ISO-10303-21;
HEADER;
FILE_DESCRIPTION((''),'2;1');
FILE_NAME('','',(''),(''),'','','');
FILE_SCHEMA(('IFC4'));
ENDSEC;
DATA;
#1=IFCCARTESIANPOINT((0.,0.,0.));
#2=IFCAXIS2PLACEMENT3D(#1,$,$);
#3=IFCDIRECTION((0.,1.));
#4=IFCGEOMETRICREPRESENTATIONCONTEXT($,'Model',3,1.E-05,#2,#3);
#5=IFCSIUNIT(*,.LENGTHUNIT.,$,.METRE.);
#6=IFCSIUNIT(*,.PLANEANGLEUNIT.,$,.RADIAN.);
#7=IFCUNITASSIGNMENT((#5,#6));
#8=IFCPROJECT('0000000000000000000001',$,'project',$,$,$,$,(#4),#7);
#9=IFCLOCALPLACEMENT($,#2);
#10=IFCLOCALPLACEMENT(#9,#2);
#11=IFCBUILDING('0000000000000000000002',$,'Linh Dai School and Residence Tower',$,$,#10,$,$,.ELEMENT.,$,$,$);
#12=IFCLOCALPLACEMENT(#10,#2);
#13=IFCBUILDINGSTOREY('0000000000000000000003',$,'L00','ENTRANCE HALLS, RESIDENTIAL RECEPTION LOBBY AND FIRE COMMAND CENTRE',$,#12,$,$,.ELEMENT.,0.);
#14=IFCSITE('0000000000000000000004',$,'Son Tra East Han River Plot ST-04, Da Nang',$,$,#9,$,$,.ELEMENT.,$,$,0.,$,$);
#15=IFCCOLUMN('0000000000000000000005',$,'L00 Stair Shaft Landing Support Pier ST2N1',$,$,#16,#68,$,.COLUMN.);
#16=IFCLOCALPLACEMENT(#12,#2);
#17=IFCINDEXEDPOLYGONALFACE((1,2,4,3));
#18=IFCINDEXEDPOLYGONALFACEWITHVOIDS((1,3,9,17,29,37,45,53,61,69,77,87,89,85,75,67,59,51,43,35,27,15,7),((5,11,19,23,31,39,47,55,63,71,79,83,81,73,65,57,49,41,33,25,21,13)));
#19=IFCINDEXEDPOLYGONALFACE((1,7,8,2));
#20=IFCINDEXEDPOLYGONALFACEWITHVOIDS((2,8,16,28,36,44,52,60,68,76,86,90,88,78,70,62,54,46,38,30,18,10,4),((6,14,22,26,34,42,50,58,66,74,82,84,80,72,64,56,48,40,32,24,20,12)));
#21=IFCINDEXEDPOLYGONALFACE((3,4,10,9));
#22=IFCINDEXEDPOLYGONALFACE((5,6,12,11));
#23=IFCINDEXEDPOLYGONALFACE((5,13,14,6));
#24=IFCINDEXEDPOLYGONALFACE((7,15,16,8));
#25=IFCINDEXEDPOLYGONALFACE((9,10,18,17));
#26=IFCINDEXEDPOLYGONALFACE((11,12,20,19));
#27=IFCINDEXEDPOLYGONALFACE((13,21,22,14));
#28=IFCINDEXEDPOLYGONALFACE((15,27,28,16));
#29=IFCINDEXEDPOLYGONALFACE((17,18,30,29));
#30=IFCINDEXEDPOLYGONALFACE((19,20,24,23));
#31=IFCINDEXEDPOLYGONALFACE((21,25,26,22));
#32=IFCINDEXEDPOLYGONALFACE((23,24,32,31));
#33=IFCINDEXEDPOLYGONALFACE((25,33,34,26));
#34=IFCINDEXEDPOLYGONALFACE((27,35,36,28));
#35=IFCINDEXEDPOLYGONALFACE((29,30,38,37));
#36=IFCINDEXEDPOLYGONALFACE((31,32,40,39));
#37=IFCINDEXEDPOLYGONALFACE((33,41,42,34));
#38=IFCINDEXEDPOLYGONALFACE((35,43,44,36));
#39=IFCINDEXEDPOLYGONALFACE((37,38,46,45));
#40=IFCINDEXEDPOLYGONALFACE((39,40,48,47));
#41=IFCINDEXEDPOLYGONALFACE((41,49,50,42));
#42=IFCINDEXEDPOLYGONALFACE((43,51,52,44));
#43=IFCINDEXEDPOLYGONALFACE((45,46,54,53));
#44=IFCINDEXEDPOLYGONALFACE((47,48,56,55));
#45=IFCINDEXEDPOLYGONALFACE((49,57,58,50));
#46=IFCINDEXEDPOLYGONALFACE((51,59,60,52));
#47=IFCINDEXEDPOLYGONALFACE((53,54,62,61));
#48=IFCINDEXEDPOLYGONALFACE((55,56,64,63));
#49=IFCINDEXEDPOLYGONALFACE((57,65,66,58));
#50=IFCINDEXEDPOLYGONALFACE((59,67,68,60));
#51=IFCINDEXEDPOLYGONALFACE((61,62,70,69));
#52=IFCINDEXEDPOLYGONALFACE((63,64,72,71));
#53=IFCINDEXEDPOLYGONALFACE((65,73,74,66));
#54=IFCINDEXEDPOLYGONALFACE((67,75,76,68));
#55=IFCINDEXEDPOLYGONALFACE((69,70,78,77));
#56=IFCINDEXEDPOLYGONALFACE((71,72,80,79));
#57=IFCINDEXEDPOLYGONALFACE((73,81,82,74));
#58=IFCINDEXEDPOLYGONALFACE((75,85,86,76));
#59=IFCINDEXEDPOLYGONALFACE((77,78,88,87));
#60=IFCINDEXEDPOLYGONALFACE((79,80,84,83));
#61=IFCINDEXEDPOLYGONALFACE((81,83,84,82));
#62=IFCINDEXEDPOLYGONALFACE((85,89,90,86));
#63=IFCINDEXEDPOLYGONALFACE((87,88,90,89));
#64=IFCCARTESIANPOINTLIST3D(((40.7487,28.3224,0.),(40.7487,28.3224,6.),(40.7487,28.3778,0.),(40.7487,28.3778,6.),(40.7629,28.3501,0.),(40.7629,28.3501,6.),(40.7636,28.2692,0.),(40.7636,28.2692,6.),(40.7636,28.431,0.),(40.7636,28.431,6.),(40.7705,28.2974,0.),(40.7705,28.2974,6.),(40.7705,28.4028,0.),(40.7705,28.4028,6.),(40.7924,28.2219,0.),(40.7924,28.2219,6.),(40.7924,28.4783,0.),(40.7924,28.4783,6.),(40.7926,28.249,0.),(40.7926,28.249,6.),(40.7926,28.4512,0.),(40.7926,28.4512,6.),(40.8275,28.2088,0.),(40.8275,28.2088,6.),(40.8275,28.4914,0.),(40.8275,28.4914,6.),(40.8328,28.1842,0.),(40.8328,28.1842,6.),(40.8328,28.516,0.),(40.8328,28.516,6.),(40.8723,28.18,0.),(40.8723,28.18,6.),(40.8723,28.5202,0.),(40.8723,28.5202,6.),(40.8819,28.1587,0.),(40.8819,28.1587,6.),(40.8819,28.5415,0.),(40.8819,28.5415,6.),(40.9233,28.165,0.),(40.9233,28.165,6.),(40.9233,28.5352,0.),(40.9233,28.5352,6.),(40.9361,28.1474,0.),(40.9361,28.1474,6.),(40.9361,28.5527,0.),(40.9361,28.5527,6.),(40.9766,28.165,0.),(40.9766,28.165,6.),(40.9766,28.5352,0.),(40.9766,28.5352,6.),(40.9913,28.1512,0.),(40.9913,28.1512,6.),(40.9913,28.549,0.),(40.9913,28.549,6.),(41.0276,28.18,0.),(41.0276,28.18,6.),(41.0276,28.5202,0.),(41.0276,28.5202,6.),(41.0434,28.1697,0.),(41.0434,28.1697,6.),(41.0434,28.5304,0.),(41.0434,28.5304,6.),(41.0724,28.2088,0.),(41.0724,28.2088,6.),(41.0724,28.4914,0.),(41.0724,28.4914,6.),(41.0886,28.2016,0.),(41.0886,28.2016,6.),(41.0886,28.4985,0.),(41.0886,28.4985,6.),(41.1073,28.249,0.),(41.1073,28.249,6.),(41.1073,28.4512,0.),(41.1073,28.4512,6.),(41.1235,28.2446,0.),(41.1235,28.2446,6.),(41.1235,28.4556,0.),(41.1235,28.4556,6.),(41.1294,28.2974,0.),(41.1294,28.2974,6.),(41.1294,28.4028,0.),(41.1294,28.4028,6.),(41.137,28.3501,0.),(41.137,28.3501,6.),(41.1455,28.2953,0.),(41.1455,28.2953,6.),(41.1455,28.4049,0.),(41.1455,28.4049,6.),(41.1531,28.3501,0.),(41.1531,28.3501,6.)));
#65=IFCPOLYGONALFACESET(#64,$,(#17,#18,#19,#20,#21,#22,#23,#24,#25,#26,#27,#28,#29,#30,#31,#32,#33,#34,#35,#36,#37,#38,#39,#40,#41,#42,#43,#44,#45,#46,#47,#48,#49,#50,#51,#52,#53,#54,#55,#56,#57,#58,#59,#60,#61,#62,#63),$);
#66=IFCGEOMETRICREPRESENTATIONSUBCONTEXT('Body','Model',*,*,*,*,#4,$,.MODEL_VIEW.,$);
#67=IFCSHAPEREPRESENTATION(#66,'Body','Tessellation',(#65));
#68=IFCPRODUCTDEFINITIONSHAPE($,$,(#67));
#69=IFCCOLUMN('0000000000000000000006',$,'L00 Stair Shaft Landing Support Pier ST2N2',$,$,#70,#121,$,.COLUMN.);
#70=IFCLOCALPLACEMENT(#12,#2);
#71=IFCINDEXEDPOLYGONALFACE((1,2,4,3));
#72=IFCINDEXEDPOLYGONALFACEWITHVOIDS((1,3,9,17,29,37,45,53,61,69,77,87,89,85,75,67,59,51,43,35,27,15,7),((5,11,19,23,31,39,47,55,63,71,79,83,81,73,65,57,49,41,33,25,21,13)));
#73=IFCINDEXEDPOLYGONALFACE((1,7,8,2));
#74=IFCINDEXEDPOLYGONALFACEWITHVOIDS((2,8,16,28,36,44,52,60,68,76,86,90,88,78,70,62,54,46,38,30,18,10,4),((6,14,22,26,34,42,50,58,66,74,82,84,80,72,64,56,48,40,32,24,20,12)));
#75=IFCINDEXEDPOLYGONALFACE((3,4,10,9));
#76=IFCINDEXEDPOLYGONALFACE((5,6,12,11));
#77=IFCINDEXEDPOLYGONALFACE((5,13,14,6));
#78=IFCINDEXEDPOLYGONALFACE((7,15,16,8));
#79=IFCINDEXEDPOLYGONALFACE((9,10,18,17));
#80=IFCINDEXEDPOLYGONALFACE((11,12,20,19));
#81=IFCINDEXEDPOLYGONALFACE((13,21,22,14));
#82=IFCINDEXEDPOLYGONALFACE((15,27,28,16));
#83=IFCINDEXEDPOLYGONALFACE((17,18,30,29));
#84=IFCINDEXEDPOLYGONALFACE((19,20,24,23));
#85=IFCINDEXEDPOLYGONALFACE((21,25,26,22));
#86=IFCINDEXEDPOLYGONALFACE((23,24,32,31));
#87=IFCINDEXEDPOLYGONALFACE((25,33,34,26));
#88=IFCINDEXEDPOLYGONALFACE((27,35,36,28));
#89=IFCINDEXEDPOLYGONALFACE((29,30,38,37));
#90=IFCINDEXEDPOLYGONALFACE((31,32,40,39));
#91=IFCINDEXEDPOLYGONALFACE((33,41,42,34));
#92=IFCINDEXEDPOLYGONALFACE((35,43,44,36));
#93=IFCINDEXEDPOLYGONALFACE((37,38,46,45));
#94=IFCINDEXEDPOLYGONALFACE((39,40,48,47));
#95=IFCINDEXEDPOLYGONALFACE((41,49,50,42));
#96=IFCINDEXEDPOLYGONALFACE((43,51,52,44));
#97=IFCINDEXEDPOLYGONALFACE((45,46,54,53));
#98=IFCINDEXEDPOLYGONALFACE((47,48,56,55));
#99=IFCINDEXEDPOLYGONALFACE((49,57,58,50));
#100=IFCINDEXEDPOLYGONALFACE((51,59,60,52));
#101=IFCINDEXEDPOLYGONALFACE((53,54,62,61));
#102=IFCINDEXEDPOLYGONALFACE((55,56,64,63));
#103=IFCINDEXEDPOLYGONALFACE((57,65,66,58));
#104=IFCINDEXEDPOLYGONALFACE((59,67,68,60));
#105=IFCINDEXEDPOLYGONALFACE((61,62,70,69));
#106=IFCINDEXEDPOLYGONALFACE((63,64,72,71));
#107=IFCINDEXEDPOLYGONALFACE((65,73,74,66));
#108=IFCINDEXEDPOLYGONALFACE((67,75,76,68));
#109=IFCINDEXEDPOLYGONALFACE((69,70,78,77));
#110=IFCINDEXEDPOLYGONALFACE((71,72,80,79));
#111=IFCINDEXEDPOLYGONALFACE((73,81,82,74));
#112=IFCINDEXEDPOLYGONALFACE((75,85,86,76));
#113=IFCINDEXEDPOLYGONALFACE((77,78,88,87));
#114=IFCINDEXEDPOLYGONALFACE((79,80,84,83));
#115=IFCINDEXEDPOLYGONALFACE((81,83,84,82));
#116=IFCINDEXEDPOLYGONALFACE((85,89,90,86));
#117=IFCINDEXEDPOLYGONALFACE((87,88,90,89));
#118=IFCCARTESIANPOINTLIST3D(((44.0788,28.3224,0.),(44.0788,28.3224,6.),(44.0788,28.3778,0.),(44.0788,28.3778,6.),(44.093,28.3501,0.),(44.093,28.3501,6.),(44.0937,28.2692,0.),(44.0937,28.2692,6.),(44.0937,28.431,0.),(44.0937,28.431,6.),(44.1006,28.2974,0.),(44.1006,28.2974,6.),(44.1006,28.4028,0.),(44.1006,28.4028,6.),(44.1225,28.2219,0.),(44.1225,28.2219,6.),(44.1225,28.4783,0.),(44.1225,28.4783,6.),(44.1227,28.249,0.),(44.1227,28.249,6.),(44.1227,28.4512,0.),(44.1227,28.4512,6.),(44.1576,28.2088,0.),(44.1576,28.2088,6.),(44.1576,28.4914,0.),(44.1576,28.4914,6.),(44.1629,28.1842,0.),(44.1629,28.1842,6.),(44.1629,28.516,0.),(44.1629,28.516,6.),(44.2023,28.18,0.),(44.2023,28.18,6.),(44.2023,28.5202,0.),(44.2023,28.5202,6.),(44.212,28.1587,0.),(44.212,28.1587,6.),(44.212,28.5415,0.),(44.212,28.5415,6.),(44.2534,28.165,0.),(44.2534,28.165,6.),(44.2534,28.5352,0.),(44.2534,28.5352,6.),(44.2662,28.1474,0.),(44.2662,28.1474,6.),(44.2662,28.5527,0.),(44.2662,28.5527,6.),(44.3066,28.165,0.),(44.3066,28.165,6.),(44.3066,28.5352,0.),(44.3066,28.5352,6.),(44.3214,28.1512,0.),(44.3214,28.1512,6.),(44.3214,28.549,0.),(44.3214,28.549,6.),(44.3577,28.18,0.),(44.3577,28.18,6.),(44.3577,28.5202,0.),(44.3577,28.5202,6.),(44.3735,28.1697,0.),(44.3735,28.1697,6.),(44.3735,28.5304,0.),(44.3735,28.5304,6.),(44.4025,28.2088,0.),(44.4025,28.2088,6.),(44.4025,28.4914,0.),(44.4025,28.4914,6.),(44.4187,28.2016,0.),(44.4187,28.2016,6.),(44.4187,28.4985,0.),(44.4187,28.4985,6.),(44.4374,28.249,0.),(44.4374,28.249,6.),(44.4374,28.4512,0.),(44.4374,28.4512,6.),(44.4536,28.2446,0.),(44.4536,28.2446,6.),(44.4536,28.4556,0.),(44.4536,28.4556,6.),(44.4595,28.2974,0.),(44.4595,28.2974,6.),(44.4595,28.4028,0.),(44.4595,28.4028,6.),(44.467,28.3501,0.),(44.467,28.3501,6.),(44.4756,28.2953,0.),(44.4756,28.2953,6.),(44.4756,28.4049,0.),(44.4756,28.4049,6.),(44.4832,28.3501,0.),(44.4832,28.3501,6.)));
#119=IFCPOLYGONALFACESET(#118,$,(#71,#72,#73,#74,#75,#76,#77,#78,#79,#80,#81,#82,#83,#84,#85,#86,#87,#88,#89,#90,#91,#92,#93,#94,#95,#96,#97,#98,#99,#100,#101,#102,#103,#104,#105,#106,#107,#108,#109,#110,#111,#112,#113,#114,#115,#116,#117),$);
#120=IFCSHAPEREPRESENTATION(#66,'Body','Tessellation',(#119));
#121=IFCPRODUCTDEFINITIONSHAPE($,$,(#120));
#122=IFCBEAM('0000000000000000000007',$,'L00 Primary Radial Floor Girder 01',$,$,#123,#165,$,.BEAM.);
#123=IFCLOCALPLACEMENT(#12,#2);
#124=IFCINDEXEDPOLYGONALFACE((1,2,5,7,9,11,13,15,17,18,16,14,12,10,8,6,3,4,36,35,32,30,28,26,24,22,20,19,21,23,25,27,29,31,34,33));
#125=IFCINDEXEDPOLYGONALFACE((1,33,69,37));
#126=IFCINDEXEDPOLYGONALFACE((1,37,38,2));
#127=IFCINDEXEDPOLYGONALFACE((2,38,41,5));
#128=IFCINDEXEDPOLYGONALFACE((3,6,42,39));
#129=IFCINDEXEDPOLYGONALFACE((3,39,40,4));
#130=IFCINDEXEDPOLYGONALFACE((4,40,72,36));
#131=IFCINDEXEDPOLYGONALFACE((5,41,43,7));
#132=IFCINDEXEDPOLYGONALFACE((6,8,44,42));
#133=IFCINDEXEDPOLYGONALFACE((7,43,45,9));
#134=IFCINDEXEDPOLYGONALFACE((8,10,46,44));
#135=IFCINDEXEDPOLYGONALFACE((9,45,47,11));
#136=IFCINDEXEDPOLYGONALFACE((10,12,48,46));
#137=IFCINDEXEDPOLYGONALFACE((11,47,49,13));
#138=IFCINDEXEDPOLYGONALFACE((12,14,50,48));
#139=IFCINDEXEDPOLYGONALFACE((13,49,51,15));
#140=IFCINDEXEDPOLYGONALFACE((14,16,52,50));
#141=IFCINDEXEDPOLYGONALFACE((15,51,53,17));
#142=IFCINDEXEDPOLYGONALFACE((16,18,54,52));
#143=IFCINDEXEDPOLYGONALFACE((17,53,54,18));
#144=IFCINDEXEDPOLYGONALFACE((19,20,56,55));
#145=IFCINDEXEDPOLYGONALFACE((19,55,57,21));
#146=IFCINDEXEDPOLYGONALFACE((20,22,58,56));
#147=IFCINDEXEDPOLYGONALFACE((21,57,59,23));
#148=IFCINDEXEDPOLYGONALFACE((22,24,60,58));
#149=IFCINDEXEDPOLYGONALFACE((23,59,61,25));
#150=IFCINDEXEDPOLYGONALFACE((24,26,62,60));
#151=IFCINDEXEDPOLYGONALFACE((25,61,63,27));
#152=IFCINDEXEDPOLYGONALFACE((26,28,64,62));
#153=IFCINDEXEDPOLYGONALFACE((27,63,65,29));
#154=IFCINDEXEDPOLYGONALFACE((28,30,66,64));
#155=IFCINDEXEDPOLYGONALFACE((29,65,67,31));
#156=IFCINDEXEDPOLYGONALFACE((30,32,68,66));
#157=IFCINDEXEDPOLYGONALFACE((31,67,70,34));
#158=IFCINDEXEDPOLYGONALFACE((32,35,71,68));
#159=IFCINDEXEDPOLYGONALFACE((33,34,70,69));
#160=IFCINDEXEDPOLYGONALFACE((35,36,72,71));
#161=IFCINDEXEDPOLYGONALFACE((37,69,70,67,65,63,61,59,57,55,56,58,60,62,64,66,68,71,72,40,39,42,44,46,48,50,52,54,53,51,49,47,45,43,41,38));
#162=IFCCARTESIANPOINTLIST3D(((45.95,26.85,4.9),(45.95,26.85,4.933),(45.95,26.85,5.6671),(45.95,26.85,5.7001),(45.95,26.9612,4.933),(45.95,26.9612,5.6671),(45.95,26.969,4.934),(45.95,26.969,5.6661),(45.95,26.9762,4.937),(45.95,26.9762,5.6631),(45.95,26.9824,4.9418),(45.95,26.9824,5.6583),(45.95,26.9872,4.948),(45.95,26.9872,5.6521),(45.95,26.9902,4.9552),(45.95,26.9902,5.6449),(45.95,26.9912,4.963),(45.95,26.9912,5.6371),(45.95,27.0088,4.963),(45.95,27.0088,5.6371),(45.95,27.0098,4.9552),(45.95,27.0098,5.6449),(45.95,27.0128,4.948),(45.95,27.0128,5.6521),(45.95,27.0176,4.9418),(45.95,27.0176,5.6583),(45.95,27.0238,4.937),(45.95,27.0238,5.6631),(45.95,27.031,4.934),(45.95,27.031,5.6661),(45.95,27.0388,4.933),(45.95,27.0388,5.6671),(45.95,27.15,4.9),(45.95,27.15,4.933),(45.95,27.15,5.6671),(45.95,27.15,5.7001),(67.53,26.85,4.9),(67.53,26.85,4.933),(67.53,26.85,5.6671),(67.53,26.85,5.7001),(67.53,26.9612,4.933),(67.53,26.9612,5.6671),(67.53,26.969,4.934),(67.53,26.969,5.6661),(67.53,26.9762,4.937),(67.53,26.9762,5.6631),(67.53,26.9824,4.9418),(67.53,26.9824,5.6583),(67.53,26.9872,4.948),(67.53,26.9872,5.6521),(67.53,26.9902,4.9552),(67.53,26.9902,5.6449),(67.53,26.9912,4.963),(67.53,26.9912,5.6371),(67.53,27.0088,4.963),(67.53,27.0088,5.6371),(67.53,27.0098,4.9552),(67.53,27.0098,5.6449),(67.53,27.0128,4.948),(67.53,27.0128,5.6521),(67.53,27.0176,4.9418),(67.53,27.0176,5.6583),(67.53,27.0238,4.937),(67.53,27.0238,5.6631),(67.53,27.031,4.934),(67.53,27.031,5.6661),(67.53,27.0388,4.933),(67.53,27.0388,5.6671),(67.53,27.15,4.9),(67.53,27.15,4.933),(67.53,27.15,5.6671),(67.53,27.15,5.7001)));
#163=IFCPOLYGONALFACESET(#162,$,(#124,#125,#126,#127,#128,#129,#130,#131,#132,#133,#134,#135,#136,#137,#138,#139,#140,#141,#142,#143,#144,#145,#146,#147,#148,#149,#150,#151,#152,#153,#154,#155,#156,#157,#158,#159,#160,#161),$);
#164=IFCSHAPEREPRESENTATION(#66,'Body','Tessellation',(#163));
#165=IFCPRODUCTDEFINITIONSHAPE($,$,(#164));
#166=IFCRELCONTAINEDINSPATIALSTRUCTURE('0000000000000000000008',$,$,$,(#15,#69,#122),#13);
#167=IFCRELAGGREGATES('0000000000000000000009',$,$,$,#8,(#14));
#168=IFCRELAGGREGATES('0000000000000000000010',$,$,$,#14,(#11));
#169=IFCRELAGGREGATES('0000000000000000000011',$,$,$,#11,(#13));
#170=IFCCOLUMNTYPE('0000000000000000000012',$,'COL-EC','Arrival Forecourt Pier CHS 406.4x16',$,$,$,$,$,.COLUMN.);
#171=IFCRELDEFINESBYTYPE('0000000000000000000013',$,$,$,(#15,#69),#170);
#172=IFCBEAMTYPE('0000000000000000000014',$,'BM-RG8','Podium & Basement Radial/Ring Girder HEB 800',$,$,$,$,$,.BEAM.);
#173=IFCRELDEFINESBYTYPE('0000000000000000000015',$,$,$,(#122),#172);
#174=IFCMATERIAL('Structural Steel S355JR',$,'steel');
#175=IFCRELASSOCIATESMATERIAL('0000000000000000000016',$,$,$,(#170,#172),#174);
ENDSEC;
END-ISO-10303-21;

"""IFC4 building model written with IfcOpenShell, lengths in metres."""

from ifc_helpers import new_model, si_unit, direction, frame, origin, origin_2d, place, context, subcontext, project, spatial, hollow_circle, i_section, extrude, material, material_profile, profile_set, type_object, element, save


model = new_model("IFC4")

# Units and contexts
model_context = context("Model", 3, precision=1e-05, world=origin(), true_north=direction((0.0, 1.0)))
body_context = subcontext(model_context, "Body", "Model", "MODEL_VIEW")
ifc_project = project(units=[si_unit("LENGTHUNIT", "METRE"), si_unit("PLANEANGLEUNIT", "RADIAN")], contexts=[model_context])

# Site, building, storey
site_placement = place(None, origin())
site = spatial("IfcSite", under=ifc_project, at=site_placement, Name="Son Tra East Han River Plot ST-04, Da Nang", CompositionType="ELEMENT", RefElevation=0.0)
building_placement = place(site_placement, origin())
building = spatial("IfcBuilding", under=site, at=building_placement, Name="Linh Dai School and Residence Tower", CompositionType="ELEMENT")
storey_placement = place(building_placement, origin())
storey = spatial("IfcBuildingStorey", under=building, at=storey_placement, Name="L00", Description="ENTRANCE HALLS, RESIDENTIAL RECEPTION LOBBY AND FIRE COMMAND CENTRE", CompositionType="ELEMENT", Elevation=0.0)

# Columns
ifc_material_1 = material(Name="Structural Steel S355JR", Category="steel")
ifc_material_profile_1 = material_profile(ifc_material_1, hollow_circle(Radius=0.2031, WallThickness=0.0161, at=origin_2d()), Name="CHS 406.4x16")
ifc_profile_set_1 = profile_set([ifc_material_profile_1], Name="Structural Steel S355JR")
column_type = type_object("IfcColumnType", Name="COL-EC", Description="Arrival Forecourt Pier CHS 406.4x16", PredefinedType="COLUMN", material=ifc_profile_set_1)
for number, where, z_axis, x_axis, name in (
    (1, (40.95, 28.3501, 0.0), (0.0, 0.0, 1.0), (1.0, 0.0, 0.0), "L00 Stair Shaft Landing Support Pier ST2N1"),
    (2, (44.28, 28.3501, 0.0), (0.0, 0.0, 1.0), (1.0, 0.0, 0.0), "L00 Stair Shaft Landing Support Pier ST2N2"),
):
    element("IfcColumn", number, at=place(storey_placement, frame(where, z_axis=z_axis, x_axis=x_axis)), inside=storey, type_object=column_type, Name=name, PredefinedType="COLUMN", context=body_context, shape_type="SweptSolid", body=[
        extrude(hollow_circle(Radius=0.2031, WallThickness=0.0161, at=origin_2d()), origin(), (0.0, 0.0, 1.0), 6.0),
    ])

# Beam
ifc_material_profile_2 = material_profile(ifc_material_1, i_section(OverallWidth=0.3, OverallDepth=0.8, WebThickness=0.0176, FlangeThickness=0.033, FilletRadius=0.03, at=origin_2d()), Name="HEB 800")
ifc_profile_set_2 = profile_set([ifc_material_profile_2], Name="Structural Steel S355JR")
beam_type = type_object("IfcBeamType", Name="BM-RG8", Description="Podium & Basement Radial/Ring Girder HEB 800", PredefinedType="BEAM", material=ifc_profile_set_2)
beam_placement = place(storey_placement, frame((45.95, 27.0, 5.3), z_axis=(1.0, 0.0, 0.0), x_axis=(0.0, 1.0, 0.0)))
element("IfcBeam", 3, at=beam_placement, inside=storey, type_object=beam_type, Name="L00 Primary Radial Floor Girder 01", PredefinedType="BEAM", context=body_context, shape_type="SweptSolid", body=[
    extrude(i_section(OverallWidth=0.3, OverallDepth=0.8, WebThickness=0.0176, FlangeThickness=0.033, FilletRadius=0.03, at=origin_2d()), origin(), (0.0, 0.0, 1.0), 21.5801),
])

save(model, "model.ifc")
